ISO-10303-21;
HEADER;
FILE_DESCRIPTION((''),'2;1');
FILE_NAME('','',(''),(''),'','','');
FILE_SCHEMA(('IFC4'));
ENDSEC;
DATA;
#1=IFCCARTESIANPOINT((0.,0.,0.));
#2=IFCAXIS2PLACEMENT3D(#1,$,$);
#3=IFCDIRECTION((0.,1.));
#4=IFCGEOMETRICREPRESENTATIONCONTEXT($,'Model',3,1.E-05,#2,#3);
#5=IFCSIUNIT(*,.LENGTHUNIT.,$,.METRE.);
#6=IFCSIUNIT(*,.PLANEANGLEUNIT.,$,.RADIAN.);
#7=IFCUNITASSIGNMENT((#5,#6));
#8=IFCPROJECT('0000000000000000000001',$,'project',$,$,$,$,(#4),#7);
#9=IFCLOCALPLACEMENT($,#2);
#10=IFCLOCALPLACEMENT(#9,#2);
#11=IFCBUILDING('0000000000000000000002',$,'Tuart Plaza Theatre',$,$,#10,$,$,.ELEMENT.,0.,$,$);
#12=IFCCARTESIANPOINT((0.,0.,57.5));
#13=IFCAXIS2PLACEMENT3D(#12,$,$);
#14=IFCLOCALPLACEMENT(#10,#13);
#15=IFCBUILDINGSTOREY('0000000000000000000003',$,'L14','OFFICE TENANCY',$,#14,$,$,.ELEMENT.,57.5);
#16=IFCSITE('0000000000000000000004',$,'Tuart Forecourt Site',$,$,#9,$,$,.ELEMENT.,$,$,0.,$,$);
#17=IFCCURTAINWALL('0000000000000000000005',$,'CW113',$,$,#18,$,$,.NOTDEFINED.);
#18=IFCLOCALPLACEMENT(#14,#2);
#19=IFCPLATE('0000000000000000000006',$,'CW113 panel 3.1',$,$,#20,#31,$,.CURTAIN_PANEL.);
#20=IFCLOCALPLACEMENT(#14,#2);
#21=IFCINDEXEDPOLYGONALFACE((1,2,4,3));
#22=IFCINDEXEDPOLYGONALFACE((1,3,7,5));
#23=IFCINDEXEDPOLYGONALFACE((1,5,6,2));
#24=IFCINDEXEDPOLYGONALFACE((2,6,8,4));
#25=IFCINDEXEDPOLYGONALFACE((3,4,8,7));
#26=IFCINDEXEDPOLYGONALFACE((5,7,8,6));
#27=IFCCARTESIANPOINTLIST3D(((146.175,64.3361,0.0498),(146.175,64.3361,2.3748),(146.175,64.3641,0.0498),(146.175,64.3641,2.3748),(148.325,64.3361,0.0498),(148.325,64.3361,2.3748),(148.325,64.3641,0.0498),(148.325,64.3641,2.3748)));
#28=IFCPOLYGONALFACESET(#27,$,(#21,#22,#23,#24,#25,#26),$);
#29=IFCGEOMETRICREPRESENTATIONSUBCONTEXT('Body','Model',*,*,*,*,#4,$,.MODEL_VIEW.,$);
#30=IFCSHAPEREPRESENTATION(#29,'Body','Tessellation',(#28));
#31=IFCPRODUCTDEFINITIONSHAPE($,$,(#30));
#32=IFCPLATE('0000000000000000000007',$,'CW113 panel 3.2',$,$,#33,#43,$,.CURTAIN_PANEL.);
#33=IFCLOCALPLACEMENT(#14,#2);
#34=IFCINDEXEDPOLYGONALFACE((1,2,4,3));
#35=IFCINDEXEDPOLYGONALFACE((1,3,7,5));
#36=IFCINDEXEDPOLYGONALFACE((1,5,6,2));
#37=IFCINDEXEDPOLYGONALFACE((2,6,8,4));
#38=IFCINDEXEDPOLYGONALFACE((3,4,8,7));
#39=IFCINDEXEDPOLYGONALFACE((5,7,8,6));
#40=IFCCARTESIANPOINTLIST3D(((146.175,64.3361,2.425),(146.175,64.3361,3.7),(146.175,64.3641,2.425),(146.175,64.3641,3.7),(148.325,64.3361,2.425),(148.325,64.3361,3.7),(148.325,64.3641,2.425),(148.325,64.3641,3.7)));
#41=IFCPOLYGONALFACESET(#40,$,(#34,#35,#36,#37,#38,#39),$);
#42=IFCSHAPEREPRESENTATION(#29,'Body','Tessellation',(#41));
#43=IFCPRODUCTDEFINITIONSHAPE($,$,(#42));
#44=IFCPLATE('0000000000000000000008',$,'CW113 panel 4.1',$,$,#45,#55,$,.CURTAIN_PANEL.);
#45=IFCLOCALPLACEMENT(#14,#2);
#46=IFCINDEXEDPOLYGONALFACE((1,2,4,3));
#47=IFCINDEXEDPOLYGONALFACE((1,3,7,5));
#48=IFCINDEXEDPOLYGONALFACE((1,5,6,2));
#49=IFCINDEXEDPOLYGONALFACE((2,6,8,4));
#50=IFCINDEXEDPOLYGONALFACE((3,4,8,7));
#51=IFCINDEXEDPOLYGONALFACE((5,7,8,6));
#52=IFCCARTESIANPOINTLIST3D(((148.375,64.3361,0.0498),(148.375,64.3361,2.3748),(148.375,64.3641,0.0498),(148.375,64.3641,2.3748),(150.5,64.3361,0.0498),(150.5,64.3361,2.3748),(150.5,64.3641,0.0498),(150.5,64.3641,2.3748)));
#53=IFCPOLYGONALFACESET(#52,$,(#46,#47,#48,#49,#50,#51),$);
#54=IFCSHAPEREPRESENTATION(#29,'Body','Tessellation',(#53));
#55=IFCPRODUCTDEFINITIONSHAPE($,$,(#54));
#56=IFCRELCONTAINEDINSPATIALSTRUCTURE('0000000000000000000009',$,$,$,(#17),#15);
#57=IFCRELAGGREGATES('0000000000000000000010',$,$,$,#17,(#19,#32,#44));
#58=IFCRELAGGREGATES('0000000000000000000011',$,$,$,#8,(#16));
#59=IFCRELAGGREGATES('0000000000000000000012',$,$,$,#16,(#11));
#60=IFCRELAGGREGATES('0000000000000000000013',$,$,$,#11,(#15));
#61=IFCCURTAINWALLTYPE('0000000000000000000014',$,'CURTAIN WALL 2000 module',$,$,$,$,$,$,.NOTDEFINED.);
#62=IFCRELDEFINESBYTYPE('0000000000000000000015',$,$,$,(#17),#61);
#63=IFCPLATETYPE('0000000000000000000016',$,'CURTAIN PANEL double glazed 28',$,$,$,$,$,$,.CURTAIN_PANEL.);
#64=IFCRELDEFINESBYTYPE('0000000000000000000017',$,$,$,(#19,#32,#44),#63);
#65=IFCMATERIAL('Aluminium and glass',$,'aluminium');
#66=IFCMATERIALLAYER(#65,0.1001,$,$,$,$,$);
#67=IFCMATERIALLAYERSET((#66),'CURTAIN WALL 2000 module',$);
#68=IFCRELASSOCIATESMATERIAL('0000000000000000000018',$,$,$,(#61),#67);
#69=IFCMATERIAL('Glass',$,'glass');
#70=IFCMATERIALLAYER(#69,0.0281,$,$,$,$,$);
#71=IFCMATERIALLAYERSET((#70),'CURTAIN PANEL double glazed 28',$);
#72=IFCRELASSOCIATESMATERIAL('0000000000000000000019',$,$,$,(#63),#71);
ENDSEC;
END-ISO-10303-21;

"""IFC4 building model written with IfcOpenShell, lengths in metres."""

from ifc_helpers import new_model, si_unit, direction, frame, origin, origin_2d, place, context, subcontext, project, spatial, rectangle, extrude, material, layer, layer_set, type_object, element, aggregate, save


model = new_model("IFC4")

# Units and contexts
model_context = context("Model", 3, precision=1e-05, world=origin(), true_north=direction((0.0, 1.0)))
body_context = subcontext(model_context, "Body", "Model", "MODEL_VIEW")
ifc_project = project(units=[si_unit("LENGTHUNIT", "METRE"), si_unit("PLANEANGLEUNIT", "RADIAN")], contexts=[model_context])

# Site, building, storey
site_placement = place(None, origin())
site = spatial("IfcSite", under=ifc_project, at=site_placement, Name="Tuart Forecourt Site", CompositionType="ELEMENT", RefElevation=0.0)
building_placement = place(site_placement, origin())
building = spatial("IfcBuilding", under=site, at=building_placement, Name="Tuart Plaza Theatre", CompositionType="ELEMENT", ElevationOfRefHeight=0.0)
storey_placement = place(building_placement, frame((0.0, 0.0, 57.5)))
storey = spatial("IfcBuildingStorey", under=building, at=storey_placement, Name="L14", Description="OFFICE TENANCY", CompositionType="ELEMENT", Elevation=57.5)

# Curtain wall, plates
ifc_material_1 = material(Name="Aluminium and glass", Category="aluminium")
ifc_layer_1 = layer(ifc_material_1, 0.1001)
ifc_layer_set_1 = layer_set([ifc_layer_1], Name="CURTAIN WALL 2000 module")
curtain_wall_type = type_object("IfcCurtainWallType", Name="CURTAIN WALL 2000 module", PredefinedType="NOTDEFINED", material=ifc_layer_set_1)
curtain_wall_placement = place(storey_placement, origin())
curtain_wall = element("IfcCurtainWall", 1, at=curtain_wall_placement, inside=storey, type_object=curtain_wall_type, Name="CW113", PredefinedType="NOTDEFINED")
ifc_material_2 = material(Name="Glass", Category="glass")
ifc_layer_2 = layer(ifc_material_2, 0.0281)
ifc_layer_set_2 = layer_set([ifc_layer_2], Name="CURTAIN PANEL double glazed 28")
plate_type = type_object("IfcPlateType", Name="CURTAIN PANEL double glazed 28", PredefinedType="CURTAIN_PANEL", material=ifc_layer_set_2)
plate_1_placement = place(storey_placement, frame((147.25, 64.3501, 0.0498), z_axis=(0.0, 0.0, 1.0), x_axis=(1.0, 0.0, 0.0)))
plate_1 = element("IfcPlate", 2, at=plate_1_placement, type_object=plate_type, Name="CW113 panel 3.1", PredefinedType="CURTAIN_PANEL", context=body_context, shape_type="SweptSolid", body=[
    extrude(rectangle(XDim=2.1499, YDim=0.0281, at=origin_2d()), origin(), (0.0, 0.0, 1.0), 2.325),
])
plate_2_placement = place(storey_placement, frame((147.25, 64.3501, 2.425), z_axis=(0.0, 0.0, 1.0), x_axis=(1.0, 0.0, 0.0)))
plate_2 = element("IfcPlate", 3, at=plate_2_placement, type_object=plate_type, Name="CW113 panel 3.2", PredefinedType="CURTAIN_PANEL", context=body_context, shape_type="SweptSolid", body=[
    extrude(rectangle(XDim=2.1499, YDim=0.0281, at=origin_2d()), origin(), (0.0, 0.0, 1.0), 1.2749),
])
plate_3_placement = place(storey_placement, frame((149.4375, 64.3501, 0.0498), z_axis=(0.0, 0.0, 1.0), x_axis=(1.0, 0.0, 0.0)))
plate_3 = element("IfcPlate", 4, at=plate_3_placement, type_object=plate_type, Name="CW113 panel 4.1", PredefinedType="CURTAIN_PANEL", context=body_context, shape_type="SweptSolid", body=[
    extrude(rectangle(XDim=2.125, YDim=0.0281, at=origin_2d()), origin(), (0.0, 0.0, 1.0), 2.325),
])
aggregate(curtain_wall, [plate_1, plate_2, plate_3])

save(model, "model.ifc")
